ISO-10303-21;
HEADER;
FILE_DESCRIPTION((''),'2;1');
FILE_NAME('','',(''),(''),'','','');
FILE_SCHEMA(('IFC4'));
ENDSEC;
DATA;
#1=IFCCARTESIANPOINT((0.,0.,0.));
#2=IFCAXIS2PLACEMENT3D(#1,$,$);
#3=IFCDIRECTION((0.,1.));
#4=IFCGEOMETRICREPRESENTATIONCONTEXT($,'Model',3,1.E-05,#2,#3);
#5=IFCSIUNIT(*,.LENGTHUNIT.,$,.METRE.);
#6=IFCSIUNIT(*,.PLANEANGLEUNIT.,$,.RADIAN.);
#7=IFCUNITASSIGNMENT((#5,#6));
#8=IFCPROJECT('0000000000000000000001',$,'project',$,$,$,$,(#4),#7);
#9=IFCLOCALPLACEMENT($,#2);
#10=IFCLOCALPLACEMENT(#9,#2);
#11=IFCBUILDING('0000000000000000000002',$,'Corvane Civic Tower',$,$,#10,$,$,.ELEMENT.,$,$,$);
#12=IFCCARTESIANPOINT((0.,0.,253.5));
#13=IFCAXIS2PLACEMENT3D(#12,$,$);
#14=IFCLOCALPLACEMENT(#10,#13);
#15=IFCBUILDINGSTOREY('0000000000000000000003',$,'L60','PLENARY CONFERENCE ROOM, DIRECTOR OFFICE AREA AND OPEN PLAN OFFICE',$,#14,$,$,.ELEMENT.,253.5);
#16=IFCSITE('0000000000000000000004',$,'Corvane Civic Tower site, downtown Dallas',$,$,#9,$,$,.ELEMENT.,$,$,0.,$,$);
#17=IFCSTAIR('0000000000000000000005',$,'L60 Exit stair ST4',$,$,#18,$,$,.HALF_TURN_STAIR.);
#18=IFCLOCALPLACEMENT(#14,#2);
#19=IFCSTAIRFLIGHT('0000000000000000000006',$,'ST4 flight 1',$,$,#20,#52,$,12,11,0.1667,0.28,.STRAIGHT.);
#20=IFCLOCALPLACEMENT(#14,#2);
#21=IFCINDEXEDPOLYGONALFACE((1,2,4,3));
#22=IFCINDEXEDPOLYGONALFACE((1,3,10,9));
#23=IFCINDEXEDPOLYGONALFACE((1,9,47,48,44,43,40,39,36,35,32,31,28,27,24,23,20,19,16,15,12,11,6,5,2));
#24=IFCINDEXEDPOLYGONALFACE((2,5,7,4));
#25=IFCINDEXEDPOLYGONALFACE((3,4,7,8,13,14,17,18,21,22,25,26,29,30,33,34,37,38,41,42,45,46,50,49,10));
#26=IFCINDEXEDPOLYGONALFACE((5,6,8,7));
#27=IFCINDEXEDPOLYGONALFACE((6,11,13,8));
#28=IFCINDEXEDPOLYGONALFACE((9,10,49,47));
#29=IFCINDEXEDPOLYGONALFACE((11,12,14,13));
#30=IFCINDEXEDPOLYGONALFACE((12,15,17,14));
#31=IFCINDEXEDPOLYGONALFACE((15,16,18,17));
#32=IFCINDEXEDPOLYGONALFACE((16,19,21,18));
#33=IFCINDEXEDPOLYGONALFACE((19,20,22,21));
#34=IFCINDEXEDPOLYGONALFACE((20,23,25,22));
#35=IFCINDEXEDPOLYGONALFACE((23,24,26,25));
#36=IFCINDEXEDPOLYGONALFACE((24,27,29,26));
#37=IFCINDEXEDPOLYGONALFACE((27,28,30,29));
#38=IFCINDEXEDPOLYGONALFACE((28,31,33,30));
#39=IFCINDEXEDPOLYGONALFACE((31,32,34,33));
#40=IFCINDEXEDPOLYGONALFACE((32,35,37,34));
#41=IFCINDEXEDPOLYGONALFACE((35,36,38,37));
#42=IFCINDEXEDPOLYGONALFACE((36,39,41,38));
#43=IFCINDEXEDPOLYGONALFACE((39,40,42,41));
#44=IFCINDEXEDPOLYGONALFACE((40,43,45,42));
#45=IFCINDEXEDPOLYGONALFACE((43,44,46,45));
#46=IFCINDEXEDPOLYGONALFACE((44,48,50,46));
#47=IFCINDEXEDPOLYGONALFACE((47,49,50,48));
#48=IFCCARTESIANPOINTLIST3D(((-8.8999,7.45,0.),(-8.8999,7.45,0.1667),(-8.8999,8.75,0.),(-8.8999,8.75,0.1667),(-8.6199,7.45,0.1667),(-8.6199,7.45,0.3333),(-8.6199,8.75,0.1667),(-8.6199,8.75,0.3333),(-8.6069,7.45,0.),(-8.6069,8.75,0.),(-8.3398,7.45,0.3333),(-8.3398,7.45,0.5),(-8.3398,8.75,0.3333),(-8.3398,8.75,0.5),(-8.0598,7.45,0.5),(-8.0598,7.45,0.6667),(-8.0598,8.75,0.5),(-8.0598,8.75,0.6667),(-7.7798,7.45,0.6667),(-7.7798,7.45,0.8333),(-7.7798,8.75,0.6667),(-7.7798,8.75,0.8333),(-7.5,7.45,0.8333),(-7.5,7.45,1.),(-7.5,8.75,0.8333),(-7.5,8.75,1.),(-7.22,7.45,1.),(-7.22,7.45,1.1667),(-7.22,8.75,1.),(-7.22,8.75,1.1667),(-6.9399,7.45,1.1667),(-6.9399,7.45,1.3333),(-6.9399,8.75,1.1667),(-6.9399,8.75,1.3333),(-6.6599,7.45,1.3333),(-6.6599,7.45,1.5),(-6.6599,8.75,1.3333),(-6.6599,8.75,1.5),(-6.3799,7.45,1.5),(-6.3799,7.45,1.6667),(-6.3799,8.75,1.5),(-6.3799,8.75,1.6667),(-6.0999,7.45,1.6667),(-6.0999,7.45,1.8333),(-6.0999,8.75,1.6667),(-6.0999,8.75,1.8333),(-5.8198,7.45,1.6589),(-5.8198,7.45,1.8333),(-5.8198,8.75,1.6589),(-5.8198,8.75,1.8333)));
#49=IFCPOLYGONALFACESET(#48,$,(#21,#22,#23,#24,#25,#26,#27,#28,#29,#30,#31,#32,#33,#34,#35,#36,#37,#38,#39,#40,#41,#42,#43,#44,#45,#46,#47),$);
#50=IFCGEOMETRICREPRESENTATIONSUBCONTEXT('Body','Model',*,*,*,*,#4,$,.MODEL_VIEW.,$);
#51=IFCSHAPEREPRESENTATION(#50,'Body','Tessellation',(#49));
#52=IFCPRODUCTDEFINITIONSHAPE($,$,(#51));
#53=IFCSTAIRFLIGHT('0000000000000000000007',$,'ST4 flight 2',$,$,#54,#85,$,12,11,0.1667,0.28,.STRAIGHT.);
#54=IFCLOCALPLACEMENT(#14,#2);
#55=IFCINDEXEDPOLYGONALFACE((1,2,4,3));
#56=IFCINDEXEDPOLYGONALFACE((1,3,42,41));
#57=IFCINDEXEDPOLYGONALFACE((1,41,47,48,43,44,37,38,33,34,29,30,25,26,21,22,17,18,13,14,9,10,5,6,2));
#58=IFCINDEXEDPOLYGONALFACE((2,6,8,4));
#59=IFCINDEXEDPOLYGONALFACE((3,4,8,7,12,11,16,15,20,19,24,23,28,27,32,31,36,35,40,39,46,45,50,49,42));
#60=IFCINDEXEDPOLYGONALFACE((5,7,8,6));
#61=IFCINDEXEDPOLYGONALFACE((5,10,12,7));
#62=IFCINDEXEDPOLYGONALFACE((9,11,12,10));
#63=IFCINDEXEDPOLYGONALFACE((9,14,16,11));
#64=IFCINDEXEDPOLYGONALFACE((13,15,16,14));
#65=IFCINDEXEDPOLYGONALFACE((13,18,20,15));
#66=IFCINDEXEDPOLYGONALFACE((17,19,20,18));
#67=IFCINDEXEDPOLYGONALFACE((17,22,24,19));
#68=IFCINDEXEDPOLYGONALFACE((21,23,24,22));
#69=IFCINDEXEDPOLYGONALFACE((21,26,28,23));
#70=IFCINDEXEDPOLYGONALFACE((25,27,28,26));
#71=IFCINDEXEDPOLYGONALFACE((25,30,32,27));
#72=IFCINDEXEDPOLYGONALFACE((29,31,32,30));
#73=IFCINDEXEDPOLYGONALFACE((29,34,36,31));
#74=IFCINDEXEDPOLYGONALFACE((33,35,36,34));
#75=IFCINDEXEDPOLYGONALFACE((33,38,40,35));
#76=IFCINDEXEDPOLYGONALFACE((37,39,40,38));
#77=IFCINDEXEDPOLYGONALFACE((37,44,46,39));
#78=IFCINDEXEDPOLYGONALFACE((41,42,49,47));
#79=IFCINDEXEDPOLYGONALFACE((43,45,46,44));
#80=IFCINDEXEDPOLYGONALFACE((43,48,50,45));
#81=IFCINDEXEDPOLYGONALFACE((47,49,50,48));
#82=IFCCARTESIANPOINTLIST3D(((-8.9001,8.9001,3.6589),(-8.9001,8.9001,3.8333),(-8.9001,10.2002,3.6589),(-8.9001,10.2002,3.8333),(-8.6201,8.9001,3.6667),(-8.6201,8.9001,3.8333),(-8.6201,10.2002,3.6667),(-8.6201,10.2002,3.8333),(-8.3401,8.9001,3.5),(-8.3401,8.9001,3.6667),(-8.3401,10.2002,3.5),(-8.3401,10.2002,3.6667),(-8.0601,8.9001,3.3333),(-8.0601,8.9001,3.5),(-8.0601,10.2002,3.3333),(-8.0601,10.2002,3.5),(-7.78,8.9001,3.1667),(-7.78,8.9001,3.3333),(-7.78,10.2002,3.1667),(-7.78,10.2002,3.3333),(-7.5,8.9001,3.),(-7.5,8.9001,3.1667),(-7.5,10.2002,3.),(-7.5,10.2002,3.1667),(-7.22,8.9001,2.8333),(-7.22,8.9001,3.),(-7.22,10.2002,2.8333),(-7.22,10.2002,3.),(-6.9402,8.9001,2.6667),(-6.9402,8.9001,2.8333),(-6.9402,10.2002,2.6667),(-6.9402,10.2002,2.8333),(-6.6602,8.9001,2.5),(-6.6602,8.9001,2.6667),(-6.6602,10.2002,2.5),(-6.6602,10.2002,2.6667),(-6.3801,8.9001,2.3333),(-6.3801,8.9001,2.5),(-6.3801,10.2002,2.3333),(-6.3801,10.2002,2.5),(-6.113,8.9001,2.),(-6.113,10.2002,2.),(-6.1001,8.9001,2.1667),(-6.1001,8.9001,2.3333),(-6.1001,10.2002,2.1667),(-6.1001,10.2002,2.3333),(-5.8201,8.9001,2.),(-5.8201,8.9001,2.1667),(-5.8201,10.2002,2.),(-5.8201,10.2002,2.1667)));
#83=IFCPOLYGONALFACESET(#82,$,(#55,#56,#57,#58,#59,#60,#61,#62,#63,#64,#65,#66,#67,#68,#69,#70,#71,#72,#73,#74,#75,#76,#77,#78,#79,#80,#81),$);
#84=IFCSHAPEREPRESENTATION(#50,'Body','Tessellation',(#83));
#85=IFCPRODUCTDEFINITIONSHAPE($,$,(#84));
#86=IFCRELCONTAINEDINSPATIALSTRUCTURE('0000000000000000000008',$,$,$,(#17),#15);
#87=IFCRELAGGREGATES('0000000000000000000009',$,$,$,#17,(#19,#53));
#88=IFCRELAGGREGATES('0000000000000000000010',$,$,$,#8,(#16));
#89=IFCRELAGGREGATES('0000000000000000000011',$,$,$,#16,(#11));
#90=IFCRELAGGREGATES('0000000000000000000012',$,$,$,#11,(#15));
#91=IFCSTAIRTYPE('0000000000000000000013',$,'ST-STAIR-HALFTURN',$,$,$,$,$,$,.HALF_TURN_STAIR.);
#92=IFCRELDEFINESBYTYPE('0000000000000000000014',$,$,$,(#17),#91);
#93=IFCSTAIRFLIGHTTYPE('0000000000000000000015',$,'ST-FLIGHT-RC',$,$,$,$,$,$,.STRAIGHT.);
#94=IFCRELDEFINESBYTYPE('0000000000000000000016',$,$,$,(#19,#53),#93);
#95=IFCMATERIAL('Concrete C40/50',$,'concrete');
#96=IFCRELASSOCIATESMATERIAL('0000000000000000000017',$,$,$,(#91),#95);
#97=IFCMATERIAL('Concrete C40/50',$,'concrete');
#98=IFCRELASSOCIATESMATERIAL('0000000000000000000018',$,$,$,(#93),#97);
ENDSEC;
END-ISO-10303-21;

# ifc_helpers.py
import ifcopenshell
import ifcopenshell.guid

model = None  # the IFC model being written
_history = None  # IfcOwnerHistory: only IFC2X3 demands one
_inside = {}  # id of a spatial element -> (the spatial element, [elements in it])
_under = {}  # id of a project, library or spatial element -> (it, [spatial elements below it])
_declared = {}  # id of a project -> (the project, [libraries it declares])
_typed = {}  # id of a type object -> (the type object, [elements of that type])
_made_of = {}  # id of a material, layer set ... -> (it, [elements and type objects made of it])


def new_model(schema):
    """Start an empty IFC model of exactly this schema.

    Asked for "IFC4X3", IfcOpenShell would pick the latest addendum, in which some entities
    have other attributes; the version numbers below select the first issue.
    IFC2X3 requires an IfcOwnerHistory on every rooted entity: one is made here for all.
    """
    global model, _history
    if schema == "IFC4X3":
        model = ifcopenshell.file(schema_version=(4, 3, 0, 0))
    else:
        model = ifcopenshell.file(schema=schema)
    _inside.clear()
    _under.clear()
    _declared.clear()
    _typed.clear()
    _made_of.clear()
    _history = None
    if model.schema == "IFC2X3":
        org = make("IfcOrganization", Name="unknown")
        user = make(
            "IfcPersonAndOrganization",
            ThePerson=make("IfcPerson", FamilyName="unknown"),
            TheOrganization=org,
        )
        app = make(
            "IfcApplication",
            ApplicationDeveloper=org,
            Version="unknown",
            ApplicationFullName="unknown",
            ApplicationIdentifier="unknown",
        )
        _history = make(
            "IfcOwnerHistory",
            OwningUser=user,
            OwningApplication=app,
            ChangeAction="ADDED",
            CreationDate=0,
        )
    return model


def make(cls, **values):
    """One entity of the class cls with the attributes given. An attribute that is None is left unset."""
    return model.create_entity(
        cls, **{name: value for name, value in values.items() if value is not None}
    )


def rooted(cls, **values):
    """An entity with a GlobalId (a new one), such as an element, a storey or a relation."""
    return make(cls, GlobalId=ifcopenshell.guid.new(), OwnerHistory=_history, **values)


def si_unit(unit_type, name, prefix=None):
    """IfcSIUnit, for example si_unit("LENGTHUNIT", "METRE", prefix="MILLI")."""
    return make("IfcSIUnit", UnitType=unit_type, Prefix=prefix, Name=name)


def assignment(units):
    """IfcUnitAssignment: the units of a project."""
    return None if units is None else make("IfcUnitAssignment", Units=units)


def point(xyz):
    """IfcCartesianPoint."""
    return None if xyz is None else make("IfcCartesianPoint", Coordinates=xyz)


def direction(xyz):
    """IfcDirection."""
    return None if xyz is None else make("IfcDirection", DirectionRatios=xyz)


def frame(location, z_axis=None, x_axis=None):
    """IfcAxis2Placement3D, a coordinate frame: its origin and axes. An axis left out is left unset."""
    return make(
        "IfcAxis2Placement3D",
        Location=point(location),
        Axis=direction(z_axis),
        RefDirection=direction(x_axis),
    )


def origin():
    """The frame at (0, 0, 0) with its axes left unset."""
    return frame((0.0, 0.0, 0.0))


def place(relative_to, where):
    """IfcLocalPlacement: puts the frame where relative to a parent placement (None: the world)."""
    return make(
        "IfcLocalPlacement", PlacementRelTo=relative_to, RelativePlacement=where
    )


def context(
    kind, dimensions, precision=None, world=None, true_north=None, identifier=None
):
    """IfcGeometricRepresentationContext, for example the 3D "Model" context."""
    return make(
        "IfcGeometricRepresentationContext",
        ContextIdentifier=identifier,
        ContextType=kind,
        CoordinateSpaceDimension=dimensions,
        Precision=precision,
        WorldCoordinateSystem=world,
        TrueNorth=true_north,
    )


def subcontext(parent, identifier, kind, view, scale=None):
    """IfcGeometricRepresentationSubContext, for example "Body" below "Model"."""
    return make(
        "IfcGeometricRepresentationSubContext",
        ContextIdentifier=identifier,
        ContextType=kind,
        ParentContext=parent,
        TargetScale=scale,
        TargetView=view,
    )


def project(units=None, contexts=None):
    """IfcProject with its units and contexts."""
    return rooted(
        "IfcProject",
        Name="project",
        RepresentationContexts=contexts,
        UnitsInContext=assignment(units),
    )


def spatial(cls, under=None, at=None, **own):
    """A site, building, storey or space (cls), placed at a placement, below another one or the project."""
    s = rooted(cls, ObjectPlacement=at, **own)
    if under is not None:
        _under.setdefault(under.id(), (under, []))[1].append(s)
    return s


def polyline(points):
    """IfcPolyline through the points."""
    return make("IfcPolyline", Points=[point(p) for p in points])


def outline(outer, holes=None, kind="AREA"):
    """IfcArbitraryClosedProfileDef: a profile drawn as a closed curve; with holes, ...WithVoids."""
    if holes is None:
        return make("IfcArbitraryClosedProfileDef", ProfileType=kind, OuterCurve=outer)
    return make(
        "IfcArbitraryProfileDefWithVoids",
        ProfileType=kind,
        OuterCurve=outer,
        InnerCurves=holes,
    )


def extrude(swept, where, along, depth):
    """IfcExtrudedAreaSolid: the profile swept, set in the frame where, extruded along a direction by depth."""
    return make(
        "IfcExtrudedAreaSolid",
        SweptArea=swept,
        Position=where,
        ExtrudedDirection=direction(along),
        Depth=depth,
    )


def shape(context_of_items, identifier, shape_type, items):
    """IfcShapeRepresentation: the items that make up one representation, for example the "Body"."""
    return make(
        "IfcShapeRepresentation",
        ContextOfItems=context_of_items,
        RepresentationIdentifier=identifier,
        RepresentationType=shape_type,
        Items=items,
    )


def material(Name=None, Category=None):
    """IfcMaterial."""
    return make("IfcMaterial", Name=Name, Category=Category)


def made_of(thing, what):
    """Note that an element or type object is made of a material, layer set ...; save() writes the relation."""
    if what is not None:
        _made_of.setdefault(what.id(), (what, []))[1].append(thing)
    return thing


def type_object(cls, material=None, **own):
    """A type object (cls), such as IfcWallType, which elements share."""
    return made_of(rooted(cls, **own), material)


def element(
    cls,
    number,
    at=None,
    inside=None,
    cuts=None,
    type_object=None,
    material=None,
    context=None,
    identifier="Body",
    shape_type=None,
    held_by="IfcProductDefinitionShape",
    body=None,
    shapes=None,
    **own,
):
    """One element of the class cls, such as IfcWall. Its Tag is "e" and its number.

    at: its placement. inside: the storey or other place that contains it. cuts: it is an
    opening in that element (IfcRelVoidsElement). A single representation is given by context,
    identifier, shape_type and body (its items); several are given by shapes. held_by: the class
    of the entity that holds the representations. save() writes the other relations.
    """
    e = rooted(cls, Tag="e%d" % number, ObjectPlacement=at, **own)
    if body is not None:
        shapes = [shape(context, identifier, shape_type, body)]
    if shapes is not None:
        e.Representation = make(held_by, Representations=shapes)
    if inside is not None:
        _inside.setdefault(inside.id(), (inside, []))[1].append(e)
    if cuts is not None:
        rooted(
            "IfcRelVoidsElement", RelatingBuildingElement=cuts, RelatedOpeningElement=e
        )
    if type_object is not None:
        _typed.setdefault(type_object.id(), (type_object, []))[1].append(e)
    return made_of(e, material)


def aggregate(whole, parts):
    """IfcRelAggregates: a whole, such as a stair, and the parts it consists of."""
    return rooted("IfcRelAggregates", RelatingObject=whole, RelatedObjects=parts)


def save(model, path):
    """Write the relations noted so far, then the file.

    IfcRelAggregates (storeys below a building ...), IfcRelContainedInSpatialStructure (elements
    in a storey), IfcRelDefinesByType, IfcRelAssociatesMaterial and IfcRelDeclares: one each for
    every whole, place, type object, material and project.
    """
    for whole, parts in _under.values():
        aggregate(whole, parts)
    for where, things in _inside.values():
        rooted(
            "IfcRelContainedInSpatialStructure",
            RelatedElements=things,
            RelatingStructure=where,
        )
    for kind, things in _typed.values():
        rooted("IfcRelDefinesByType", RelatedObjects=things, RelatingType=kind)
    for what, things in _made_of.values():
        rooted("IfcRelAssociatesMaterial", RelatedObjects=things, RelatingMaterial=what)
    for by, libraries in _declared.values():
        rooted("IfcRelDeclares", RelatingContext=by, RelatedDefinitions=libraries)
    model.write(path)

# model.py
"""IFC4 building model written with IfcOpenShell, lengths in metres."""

from ifc_helpers import new_model, si_unit, direction, frame, origin, place, context, subcontext, project, spatial, polyline, outline, extrude, material, type_object, element, aggregate, save


model = new_model("IFC4")

# Units and contexts
model_context = context("Model", 3, precision=1e-05, world=origin(), true_north=direction((0.0, 1.0)))
body_context = subcontext(model_context, "Body", "Model", "MODEL_VIEW")
ifc_project = project(units=[si_unit("LENGTHUNIT", "METRE"), si_unit("PLANEANGLEUNIT", "RADIAN")], contexts=[model_context])

# Site, building, storey
site_placement = place(None, origin())
site = spatial("IfcSite", under=ifc_project, at=site_placement, Name="Corvane Civic Tower site, downtown Dallas", CompositionType="ELEMENT", RefElevation=0.0)
building_placement = place(site_placement, origin())
building = spatial("IfcBuilding", under=site, at=building_placement, Name="Corvane Civic Tower", CompositionType="ELEMENT")
storey_placement = place(building_placement, frame((0.0, 0.0, 253.5)))
storey = spatial("IfcBuildingStorey", under=building, at=storey_placement, Name="L60", Description="PLENARY CONFERENCE ROOM, DIRECTOR OFFICE AREA AND OPEN PLAN OFFICE", CompositionType="ELEMENT", Elevation=253.5)

# Stair, stair flights
ifc_material_1 = material(Name="Concrete C40/50", Category="concrete")
stair_type = type_object("IfcStairType", Name="ST-STAIR-HALFTURN", PredefinedType="HALF_TURN_STAIR", material=ifc_material_1)
stair_placement = place(storey_placement, origin())
stair = element("IfcStair", 1, at=stair_placement, inside=storey, type_object=stair_type, Name="L60 Exit stair ST4", PredefinedType="HALF_TURN_STAIR")
ifc_material_2 = material(Name="Concrete C40/50", Category="concrete")
stair_flight_type = type_object("IfcStairFlightType", Name="ST-FLIGHT-RC", PredefinedType="STRAIGHT", material=ifc_material_2)
stair_flight_1_placement = place(storey_placement, frame((-8.8999, 8.1001, 0.0), z_axis=(0.0, 0.0, 1.0), x_axis=(1.0, 0.0, 0.0)))
stair_flight_1 = element("IfcStairFlight", 2, at=stair_flight_1_placement, type_object=stair_flight_type, Name="ST4 flight 1", NumberOfRisers=12, NumberOfTreads=11, PredefinedType="STRAIGHT", RiserHeight=0.1667, TreadLength=0.28, context=body_context, shape_type="SweptSolid", body=[
    extrude(outline(polyline([(0.0, 0.0), (0.0, 0.1667), (0.28, 0.1667), (0.28, 0.3333), (0.5601, 0.3333), (0.5601, 0.5), (0.8401, 0.5), (0.8401, 0.6667), (1.1201, 0.6667), (1.1201, 0.8333), (1.3999, 0.8333), (1.3999, 1.0), (1.6799, 1.0), (1.6799, 1.1667), (1.96, 1.1667), (1.96, 1.3333), (2.24, 1.3333), (2.24, 1.5), (2.52, 1.5), (2.52, 1.6667), (2.8, 1.6667), (2.8, 1.8333), (3.0801, 1.8333), (3.0801, 2.0), (3.0801, 1.6589), (0.293, 0.0), (0.0, 0.0)])), frame((0.0, 0.6499, 0.0), z_axis=(0.0, -1.0, 0.0), x_axis=(1.0, 0.0, 0.0)), (0.0, 0.0, 1.0), 1.3),
])
stair_flight_2_placement = place(storey_placement, frame((-5.8201, 9.55, 2.0), z_axis=(0.0, 0.0, 1.0), x_axis=(-1.0, 0.0, 0.0)))
stair_flight_2 = element("IfcStairFlight", 3, at=stair_flight_2_placement, type_object=stair_flight_type, Name="ST4 flight 2", NumberOfRisers=12, NumberOfTreads=11, PredefinedType="STRAIGHT", RiserHeight=0.1667, TreadLength=0.28, context=body_context, shape_type="SweptSolid", body=[
    extrude(outline(polyline([(0.0, 0.0), (0.0, 0.1667), (0.28, 0.1667), (0.28, 0.3333), (0.5601, 0.3333), (0.5601, 0.5), (0.8401, 0.5), (0.8401, 0.6667), (1.1201, 0.6667), (1.1201, 0.8333), (1.3999, 0.8333), (1.3999, 1.0), (1.6799, 1.0), (1.6799, 1.1667), (1.96, 1.1667), (1.96, 1.3333), (2.24, 1.3333), (2.24, 1.5), (2.52, 1.5), (2.52, 1.6667), (2.8, 1.6667), (2.8, 1.8333), (3.0801, 1.8333), (3.0801, 2.0), (3.0801, 1.6589), (0.293, 0.0), (0.0, 0.0)])), frame((0.0, 0.6499, 0.0), z_axis=(0.0, -1.0, 0.0), x_axis=(1.0, 0.0, 0.0)), (0.0, 0.0, 1.0), 1.3),
])
aggregate(stair, [stair_flight_1, stair_flight_2])

save(model, "model.ifc")
